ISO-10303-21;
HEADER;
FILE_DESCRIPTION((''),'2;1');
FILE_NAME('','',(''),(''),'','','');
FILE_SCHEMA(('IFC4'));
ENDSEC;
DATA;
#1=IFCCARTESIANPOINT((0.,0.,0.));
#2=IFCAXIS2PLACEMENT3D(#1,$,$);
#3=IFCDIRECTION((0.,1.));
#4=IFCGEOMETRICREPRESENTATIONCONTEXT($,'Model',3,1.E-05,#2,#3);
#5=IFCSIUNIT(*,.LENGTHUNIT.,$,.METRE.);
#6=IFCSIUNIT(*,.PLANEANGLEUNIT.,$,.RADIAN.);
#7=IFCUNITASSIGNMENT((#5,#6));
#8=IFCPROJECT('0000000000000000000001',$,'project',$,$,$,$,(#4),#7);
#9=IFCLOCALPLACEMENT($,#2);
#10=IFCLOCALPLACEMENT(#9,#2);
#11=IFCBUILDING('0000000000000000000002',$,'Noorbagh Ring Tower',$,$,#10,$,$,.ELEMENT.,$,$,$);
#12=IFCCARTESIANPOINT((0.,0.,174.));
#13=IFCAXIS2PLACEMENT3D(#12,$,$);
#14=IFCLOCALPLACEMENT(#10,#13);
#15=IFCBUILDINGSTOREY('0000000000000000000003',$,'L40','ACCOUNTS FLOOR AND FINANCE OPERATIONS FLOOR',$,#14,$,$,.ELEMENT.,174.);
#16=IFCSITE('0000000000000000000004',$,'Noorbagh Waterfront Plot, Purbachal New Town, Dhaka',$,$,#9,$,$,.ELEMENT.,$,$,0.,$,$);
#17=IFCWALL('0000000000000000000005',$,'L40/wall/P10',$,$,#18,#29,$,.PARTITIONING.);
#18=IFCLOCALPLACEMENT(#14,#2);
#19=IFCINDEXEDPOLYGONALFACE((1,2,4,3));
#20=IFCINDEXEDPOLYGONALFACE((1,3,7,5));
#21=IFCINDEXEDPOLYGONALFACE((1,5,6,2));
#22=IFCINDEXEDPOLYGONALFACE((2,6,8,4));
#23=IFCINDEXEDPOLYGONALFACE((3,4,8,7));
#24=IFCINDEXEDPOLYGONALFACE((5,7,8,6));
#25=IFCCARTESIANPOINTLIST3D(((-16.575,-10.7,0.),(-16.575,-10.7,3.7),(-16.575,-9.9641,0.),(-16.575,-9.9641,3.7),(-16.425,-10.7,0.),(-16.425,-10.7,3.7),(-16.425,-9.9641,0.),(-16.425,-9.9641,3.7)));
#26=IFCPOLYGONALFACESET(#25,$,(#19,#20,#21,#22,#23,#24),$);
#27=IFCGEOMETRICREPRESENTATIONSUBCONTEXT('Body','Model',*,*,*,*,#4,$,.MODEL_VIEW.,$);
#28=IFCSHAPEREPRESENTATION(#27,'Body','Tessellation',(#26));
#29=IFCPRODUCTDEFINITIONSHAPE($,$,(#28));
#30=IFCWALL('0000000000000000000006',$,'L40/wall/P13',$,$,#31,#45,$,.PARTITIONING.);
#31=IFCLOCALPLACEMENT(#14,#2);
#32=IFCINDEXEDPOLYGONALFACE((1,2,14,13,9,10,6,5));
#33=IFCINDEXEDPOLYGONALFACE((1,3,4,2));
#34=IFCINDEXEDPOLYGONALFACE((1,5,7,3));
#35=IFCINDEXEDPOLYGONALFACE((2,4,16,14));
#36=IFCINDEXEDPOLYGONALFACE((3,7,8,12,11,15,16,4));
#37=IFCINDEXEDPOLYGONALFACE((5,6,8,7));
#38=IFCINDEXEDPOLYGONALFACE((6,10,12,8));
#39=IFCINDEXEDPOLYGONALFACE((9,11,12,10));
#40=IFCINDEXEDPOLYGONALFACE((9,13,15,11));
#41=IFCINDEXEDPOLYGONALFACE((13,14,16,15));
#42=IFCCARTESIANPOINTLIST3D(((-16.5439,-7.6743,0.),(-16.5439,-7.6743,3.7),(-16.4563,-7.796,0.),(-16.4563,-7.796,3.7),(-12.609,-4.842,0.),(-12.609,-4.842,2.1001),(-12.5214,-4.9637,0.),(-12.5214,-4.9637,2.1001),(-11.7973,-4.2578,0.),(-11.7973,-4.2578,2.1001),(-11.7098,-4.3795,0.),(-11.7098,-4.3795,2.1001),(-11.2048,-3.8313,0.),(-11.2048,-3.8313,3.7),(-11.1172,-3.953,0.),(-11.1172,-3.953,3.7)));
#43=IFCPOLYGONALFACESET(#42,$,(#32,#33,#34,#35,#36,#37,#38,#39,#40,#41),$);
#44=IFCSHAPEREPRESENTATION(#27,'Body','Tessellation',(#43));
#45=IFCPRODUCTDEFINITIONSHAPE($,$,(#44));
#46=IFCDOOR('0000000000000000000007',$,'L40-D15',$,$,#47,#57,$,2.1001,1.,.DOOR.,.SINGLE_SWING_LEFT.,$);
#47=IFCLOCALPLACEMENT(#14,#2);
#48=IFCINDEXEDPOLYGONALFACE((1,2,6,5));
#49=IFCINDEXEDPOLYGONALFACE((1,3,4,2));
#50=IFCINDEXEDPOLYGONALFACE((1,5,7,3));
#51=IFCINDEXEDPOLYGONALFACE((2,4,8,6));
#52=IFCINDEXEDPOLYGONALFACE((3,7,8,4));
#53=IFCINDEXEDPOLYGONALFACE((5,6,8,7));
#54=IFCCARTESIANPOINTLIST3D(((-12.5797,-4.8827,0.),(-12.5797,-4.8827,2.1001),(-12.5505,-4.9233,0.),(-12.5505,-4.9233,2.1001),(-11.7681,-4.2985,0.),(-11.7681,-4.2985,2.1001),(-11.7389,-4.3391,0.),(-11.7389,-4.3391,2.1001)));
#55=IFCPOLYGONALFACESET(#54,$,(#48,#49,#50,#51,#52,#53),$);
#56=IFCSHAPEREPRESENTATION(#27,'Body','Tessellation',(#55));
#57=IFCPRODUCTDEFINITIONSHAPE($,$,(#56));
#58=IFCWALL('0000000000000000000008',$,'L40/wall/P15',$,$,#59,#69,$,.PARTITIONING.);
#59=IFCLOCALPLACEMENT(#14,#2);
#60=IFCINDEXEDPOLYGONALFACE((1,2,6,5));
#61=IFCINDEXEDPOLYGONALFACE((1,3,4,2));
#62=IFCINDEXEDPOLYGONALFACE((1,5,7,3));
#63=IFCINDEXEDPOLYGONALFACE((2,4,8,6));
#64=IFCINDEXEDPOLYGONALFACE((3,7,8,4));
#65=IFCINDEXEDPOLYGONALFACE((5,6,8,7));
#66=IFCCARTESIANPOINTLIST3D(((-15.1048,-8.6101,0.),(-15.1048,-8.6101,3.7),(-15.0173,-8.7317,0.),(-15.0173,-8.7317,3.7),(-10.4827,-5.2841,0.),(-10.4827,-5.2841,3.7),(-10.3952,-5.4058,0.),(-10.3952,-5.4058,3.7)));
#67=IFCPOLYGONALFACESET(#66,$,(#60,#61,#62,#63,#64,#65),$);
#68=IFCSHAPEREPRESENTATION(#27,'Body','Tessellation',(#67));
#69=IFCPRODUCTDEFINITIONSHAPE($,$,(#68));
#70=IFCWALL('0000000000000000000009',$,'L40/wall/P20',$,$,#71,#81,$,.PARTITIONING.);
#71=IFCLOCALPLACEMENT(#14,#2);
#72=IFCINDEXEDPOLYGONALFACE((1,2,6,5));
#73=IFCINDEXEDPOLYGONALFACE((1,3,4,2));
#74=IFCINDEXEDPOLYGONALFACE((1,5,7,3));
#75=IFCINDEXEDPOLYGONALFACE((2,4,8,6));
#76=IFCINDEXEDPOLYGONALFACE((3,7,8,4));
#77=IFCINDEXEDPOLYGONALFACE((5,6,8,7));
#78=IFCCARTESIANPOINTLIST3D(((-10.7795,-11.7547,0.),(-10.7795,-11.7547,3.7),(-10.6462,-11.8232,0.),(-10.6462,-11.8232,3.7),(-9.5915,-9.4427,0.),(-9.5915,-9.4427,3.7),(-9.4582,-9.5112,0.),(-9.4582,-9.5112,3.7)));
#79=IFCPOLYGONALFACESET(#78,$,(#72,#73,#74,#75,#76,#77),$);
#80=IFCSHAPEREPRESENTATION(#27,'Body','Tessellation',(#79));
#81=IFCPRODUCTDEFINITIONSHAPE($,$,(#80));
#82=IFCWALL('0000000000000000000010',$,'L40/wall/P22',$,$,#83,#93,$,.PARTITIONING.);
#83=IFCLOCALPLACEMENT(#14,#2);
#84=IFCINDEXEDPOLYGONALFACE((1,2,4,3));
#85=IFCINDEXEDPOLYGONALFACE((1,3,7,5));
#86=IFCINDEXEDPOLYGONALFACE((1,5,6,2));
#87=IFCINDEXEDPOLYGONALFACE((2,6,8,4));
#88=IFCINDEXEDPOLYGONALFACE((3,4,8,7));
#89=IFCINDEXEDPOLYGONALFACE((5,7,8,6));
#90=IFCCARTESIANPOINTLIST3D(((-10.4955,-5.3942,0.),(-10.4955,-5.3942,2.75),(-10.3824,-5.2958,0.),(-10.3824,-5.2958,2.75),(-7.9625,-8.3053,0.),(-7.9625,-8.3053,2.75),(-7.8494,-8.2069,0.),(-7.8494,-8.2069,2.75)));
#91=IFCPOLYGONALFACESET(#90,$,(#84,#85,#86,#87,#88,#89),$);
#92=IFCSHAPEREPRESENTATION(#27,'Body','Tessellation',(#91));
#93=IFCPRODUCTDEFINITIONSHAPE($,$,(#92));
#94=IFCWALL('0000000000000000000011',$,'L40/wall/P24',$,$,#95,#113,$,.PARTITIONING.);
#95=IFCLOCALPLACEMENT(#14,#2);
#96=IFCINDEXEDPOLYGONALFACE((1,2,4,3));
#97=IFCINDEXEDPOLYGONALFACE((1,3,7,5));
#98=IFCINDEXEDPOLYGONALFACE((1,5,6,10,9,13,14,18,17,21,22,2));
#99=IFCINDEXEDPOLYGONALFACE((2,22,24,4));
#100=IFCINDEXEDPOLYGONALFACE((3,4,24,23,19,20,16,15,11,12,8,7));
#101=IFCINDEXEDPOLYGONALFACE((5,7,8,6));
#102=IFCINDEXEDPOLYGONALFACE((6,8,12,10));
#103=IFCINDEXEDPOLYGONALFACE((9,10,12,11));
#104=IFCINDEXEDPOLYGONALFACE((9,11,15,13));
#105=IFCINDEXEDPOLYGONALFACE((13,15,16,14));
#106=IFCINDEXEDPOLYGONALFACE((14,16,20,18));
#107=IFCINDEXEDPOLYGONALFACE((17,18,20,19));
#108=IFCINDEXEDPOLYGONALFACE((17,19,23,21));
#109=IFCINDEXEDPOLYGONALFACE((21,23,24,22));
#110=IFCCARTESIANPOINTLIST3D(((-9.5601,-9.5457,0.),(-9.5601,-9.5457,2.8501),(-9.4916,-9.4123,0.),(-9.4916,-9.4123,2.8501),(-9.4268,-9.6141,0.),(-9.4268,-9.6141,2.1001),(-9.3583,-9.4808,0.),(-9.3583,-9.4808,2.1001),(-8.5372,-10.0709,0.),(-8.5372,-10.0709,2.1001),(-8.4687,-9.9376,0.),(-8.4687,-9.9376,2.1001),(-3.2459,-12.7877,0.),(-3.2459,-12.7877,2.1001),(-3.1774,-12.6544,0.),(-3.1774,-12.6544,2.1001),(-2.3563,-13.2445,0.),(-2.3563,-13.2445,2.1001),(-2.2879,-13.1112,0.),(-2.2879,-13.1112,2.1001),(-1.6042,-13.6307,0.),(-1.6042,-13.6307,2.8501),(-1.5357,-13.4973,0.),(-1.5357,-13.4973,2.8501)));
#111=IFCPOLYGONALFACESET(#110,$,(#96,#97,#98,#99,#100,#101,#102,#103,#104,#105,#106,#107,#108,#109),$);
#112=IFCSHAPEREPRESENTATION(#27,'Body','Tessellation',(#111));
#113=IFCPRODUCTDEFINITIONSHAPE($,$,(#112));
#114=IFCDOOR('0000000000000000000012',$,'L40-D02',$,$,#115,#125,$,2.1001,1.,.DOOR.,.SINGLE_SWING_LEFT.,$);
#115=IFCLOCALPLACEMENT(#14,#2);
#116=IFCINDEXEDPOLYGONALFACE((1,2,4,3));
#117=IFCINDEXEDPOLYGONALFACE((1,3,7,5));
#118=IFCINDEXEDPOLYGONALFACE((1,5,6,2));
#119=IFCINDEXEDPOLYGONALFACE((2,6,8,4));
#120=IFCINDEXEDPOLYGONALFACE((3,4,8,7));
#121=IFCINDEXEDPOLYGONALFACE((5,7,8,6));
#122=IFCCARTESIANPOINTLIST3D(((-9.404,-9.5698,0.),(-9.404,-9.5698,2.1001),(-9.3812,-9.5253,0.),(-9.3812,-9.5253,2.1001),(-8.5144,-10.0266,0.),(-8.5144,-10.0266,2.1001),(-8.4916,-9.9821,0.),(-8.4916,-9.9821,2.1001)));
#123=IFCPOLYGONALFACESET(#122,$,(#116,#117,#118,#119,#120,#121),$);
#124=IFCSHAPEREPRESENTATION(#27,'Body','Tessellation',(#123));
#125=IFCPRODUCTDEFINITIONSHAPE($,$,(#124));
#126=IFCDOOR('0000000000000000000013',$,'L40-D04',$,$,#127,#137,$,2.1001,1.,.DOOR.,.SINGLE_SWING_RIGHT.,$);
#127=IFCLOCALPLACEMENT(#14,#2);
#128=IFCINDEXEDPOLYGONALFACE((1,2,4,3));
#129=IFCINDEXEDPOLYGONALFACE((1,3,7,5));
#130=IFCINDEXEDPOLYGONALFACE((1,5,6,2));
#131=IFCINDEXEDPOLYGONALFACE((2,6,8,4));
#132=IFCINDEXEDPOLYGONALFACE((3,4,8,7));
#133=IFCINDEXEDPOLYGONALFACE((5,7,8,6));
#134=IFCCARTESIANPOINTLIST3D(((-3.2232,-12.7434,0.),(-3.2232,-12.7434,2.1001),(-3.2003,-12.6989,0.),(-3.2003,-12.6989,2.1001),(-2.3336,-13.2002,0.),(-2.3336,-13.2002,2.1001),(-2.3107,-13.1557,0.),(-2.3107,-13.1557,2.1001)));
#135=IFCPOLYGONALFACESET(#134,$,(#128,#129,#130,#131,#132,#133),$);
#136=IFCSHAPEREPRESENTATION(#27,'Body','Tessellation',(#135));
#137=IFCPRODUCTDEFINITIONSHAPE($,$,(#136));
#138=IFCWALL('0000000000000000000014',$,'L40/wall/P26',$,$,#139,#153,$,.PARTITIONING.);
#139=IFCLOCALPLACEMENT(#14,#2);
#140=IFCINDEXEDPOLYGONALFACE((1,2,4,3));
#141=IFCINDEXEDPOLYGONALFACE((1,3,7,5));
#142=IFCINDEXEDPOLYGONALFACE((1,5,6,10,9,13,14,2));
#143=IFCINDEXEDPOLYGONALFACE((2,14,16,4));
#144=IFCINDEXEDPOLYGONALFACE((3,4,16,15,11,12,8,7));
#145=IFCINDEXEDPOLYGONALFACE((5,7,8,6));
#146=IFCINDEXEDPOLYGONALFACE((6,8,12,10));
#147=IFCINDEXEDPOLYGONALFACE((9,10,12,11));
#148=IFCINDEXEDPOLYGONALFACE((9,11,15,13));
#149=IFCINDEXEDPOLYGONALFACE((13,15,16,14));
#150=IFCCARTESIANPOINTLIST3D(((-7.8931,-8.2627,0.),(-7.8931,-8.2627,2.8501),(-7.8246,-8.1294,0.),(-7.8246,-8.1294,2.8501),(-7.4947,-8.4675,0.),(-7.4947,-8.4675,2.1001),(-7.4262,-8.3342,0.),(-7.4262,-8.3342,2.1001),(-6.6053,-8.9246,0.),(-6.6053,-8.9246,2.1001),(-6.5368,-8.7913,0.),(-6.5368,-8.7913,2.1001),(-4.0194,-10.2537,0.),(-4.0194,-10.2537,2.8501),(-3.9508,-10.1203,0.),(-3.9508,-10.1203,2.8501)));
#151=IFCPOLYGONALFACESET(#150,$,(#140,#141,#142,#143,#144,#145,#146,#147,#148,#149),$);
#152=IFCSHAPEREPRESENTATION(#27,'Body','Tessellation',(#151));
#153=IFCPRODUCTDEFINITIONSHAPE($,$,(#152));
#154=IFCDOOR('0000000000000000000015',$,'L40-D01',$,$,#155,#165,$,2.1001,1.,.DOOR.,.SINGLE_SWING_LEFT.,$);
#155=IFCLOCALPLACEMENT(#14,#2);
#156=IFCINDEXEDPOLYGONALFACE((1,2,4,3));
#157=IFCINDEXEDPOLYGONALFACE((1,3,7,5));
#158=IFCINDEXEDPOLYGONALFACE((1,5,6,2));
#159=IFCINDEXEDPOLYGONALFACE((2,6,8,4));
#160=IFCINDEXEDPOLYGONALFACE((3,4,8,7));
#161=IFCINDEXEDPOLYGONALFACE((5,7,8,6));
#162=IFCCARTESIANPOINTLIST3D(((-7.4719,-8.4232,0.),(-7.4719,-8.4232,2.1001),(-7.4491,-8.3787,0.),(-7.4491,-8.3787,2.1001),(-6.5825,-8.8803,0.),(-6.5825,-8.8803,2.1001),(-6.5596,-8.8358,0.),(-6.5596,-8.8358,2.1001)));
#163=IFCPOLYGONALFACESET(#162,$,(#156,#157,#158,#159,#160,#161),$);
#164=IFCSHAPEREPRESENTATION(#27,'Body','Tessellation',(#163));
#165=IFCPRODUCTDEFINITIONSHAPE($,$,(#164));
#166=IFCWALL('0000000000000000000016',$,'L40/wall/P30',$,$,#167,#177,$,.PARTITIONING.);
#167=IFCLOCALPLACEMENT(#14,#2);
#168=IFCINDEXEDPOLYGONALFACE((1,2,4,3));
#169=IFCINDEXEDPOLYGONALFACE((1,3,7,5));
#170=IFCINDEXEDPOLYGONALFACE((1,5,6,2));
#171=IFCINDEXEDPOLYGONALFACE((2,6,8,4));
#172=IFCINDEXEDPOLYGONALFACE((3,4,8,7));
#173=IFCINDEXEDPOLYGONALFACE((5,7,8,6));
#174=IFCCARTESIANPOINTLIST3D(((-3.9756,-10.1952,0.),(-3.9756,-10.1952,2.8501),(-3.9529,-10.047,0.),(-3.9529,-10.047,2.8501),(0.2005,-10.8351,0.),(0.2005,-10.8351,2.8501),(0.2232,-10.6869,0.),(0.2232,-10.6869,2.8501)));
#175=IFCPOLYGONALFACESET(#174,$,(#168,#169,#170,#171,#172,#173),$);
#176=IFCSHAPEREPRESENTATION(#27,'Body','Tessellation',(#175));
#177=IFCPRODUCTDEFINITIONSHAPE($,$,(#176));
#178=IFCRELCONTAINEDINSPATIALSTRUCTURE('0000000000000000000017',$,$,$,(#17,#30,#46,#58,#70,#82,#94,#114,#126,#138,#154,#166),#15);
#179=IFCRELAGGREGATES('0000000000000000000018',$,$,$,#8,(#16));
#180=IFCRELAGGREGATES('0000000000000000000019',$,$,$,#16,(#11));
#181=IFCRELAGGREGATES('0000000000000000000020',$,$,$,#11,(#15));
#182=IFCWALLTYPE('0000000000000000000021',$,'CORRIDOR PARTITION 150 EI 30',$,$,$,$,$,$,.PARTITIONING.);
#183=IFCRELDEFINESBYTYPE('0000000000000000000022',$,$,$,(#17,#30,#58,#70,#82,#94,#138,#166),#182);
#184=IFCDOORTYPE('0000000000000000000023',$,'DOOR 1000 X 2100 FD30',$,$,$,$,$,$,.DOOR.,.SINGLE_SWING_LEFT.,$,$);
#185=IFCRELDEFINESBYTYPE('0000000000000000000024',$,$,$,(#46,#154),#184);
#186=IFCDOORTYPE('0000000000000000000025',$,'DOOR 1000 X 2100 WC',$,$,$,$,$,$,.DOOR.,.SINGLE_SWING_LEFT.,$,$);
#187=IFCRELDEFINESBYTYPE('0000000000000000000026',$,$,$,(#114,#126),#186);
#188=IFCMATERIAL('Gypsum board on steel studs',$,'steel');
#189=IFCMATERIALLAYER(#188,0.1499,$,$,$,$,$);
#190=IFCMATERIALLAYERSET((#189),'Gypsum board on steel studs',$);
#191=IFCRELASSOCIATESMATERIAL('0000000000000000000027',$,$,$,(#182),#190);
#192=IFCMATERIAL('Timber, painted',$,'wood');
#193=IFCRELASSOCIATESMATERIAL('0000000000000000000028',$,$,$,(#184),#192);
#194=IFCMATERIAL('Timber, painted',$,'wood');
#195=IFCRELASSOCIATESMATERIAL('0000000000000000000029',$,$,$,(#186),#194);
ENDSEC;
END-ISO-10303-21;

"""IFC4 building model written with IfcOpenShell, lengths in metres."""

from ifc_helpers import new_model, si_unit, direction, frame, frame_2d, origin, place, context, subcontext, project, spatial, rectangle, extrude, material, layer, layer_set, type_object, element, fill, save


model = new_model("IFC4")

# Units and contexts
model_context = context("Model", 3, precision=1e-05, world=origin(), true_north=direction((0.0, 1.0)))
body_context = subcontext(model_context, "Body", "Model", "MODEL_VIEW")
ifc_project = project(units=[si_unit("LENGTHUNIT", "METRE"), si_unit("PLANEANGLEUNIT", "RADIAN")], contexts=[model_context])

# Site, building, storey
site_placement = place(None, origin())
site = spatial("IfcSite", under=ifc_project, at=site_placement, Name="Noorbagh Waterfront Plot, Purbachal New Town, Dhaka", CompositionType="ELEMENT", RefElevation=0.0)
building_placement = place(site_placement, origin())
building = spatial("IfcBuilding", under=site, at=building_placement, Name="Noorbagh Ring Tower", CompositionType="ELEMENT")
storey_placement = place(building_placement, frame((0.0, 0.0, 174.0)))
storey = spatial("IfcBuildingStorey", under=building, at=storey_placement, Name="L40", Description="ACCOUNTS FLOOR AND FINANCE OPERATIONS FLOOR", CompositionType="ELEMENT", Elevation=174.0)

# Wall
ifc_material_1 = material(Name="Gypsum board on steel studs", Category="steel")
ifc_layer_1 = layer(ifc_material_1, 0.1499)
ifc_layer_set_1 = layer_set([ifc_layer_1], Name="Gypsum board on steel studs")
wall_type_1 = type_object("IfcWallType", Name="CORRIDOR PARTITION 150 EI 30", PredefinedType="PARTITIONING", material=ifc_layer_set_1)
wall_1_placement = place(storey_placement, frame((-16.5, -10.7, 0.0), z_axis=(0.0, 0.0, 1.0), x_axis=(0.0, 1.0, 0.0)))
element("IfcWall", 1, at=wall_1_placement, inside=storey, type_object=wall_type_1, Name="L40/wall/P10", PredefinedType="PARTITIONING", context=body_context, shape_type="SweptSolid", body=[
    extrude(rectangle(XDim=0.7358, YDim=0.1499, at=frame_2d((0.3679, 0.0))), origin(), (0.0, 0.0, 1.0), 3.7),
])

# Wall, opening, door
wall_2_placement = place(storey_placement, frame((-16.5, -7.7351, 0.0), z_axis=(0.0, 0.0, 1.0), x_axis=(0.811617, 0.58419, 0.0)))
wall_2 = element("IfcWall", 2, at=wall_2_placement, inside=storey, type_object=wall_type_1, Name="L40/wall/P13", PredefinedType="PARTITIONING", context=body_context, shape_type="SweptSolid", body=[
    extrude(rectangle(XDim=6.5784, YDim=0.1499, at=frame_2d((3.2891, 0.0))), origin(), (0.0, 0.0, 1.0), 3.7),
])
opening_1_placement = place(wall_2_placement, frame((4.8481, 0.0, 0.0)))
opening_1 = element("IfcOpeningElement", 3, at=opening_1_placement, cuts=wall_2, PredefinedType="OPENING", context=body_context, shape_type="SweptSolid", body=[
    extrude(rectangle(XDim=1.0, YDim=2.1001, at=frame_2d((0.5, 1.05))), frame((0.0, 0.085, 0.0), z_axis=(0.0, -1.0, 0.0), x_axis=(1.0, 0.0, 0.0)), (0.0, 0.0, 1.0), 0.1699),
])
ifc_material_2 = material(Name="Timber, painted", Category="wood")
door_type_1 = type_object("IfcDoorType", Name="DOOR 1000 X 2100 FD30", OperationType="SINGLE_SWING_LEFT", PredefinedType="DOOR", material=ifc_material_2)
door_1_placement = place(opening_1_placement, origin())
door_1 = element("IfcDoor", 4, at=door_1_placement, inside=storey, type_object=door_type_1, Name="L40-D15", OperationType="SINGLE_SWING_LEFT", OverallHeight=2.1001, OverallWidth=1.0, PredefinedType="DOOR", context=body_context, shape_type="SweptSolid", body=[
    extrude(rectangle(XDim=1.0, YDim=2.1001, at=frame_2d((0.5, 1.05))), frame((0.0, 0.0249, 0.0), z_axis=(0.0, -1.0, 0.0), x_axis=(1.0, 0.0, 0.0)), (0.0, 0.0, 1.0), 0.05),
])
fill(opening_1, door_1)

# Walls
wall_3_placement = place(storey_placement, frame((-15.061, -8.6709, 0.0), z_axis=(0.0, 0.0, 1.0), x_axis=(0.811698, 0.584078, 0.0)))
element("IfcWall", 5, at=wall_3_placement, inside=storey, type_object=wall_type_1, Name="L40/wall/P15", PredefinedType="PARTITIONING", context=body_context, shape_type="SweptSolid", body=[
    extrude(rectangle(XDim=5.6943, YDim=0.1499, at=frame_2d((2.8472, 0.0))), origin(), (0.0, 0.0, 1.0), 3.7),
])
wall_4_placement = place(storey_placement, frame((-10.7129, -11.7891, 0.0), z_axis=(0.0, 0.0, 1.0), x_axis=(0.45703, 0.889451, 0.0)))
element("IfcWall", 6, at=wall_4_placement, inside=storey, type_object=wall_type_1, Name="L40/wall/P20", PredefinedType="PARTITIONING", context=body_context, shape_type="SweptSolid", body=[
    extrude(rectangle(XDim=2.5994, YDim=0.1499, at=frame_2d((1.2998, 0.0))), origin(), (0.0, 0.0, 1.0), 3.7),
])
wall_5_placement = place(storey_placement, frame((-10.439, -5.345, 0.0), z_axis=(0.0, 0.0, 1.0), x_axis=(0.656406, -0.754408, 0.0)))
element("IfcWall", 7, at=wall_5_placement, inside=storey, type_object=wall_type_1, Name="L40/wall/P22", PredefinedType="PARTITIONING", context=body_context, shape_type="SweptSolid", body=[
    extrude(rectangle(XDim=3.8589, YDim=0.1499, at=frame_2d((1.9294, 0.0))), origin(), (0.0, 0.0, 1.0), 2.75),
])

# Wall, openings, doors
wall_6_placement = place(storey_placement, frame((-9.5259, -9.479, 0.0), z_axis=(0.0, 0.0, 1.0), x_axis=(0.889588, -0.456764, 0.0)))
wall_6 = element("IfcWall", 8, at=wall_6_placement, inside=storey, type_object=wall_type_1, Name="L40/wall/P24", PredefinedType="PARTITIONING", context=body_context, shape_type="SweptSolid", body=[
    extrude(rectangle(XDim=8.9434, YDim=0.1499, at=frame_2d((4.4717, 0.0))), origin(), (0.0, 0.0, 1.0), 2.8501),
])
opening_2_placement = place(wall_6_placement, frame((0.1499, 0.0, 0.0)))
opening_2 = element("IfcOpeningElement", 9, at=opening_2_placement, cuts=wall_6, PredefinedType="OPENING", context=body_context, shape_type="SweptSolid", body=[
    extrude(rectangle(XDim=1.0, YDim=2.1001, at=frame_2d((0.5, 1.05))), frame((0.0, 0.085, 0.0), z_axis=(0.0, -1.0, 0.0), x_axis=(1.0, 0.0, 0.0)), (0.0, 0.0, 1.0), 0.1699),
])
opening_3_placement = place(wall_6_placement, frame((7.0979, 0.0, 0.0)))
opening_3 = element("IfcOpeningElement", 10, at=opening_3_placement, cuts=wall_6, PredefinedType="OPENING", context=body_context, shape_type="SweptSolid", body=[
    extrude(rectangle(XDim=1.0, YDim=2.1001, at=frame_2d((0.5, 1.05))), frame((0.0, 0.085, 0.0), z_axis=(0.0, -1.0, 0.0), x_axis=(1.0, 0.0, 0.0)), (0.0, 0.0, 1.0), 0.1699),
])
ifc_material_3 = material(Name="Timber, painted", Category="wood")
door_type_2 = type_object("IfcDoorType", Name="DOOR 1000 X 2100 WC", OperationType="SINGLE_SWING_LEFT", PredefinedType="DOOR", material=ifc_material_3)
door_2_placement = place(opening_2_placement, origin())
door_2 = element("IfcDoor", 11, at=door_2_placement, inside=storey, type_object=door_type_2, Name="L40-D02", OperationType="SINGLE_SWING_LEFT", OverallHeight=2.1001, OverallWidth=1.0, PredefinedType="DOOR", context=body_context, shape_type="SweptSolid", body=[
    extrude(rectangle(XDim=1.0, YDim=2.1001, at=frame_2d((0.5, 1.05))), frame((0.0, 0.0249, 0.0), z_axis=(0.0, -1.0, 0.0), x_axis=(1.0, 0.0, 0.0)), (0.0, 0.0, 1.0), 0.05),
])
fill(opening_2, door_2)
door_3_placement = place(opening_3_placement, origin())
door_3 = element("IfcDoor", 12, at=door_3_placement, inside=storey, type_object=door_type_2, Name="L40-D04", OperationType="SINGLE_SWING_RIGHT", OverallHeight=2.1001, OverallWidth=1.0, PredefinedType="DOOR", context=body_context, shape_type="SweptSolid", body=[
    extrude(rectangle(XDim=1.0, YDim=2.1001, at=frame_2d((0.5, 1.05))), frame((0.0, 0.0249, 0.0), z_axis=(0.0, -1.0, 0.0), x_axis=(1.0, 0.0, 0.0)), (0.0, 0.0, 1.0), 0.05),
])
fill(opening_3, door_3)

# Wall, opening, door
wall_7_placement = place(storey_placement, frame((-7.8589, -8.196, 0.0), z_axis=(0.0, 0.0, 1.0), x_axis=(0.889406, -0.457119, 0.0)))
wall_7 = element("IfcWall", 13, at=wall_7_placement, inside=storey, type_object=wall_type_1, Name="L40/wall/P26", PredefinedType="PARTITIONING", context=body_context, shape_type="SweptSolid", body=[
    extrude(rectangle(XDim=4.3555, YDim=0.1499, at=frame_2d((2.1777, 0.0))), origin(), (0.0, 0.0, 1.0), 2.8501),
])
opening_4_placement = place(wall_7_placement, frame((0.448, 0.0, 0.0)))
opening_4 = element("IfcOpeningElement", 14, at=opening_4_placement, cuts=wall_7, PredefinedType="OPENING", context=body_context, shape_type="SweptSolid", body=[
    extrude(rectangle(XDim=1.0, YDim=2.1001, at=frame_2d((0.5, 1.05))), frame((0.0, 0.085, 0.0), z_axis=(0.0, -1.0, 0.0), x_axis=(1.0, 0.0, 0.0)), (0.0, 0.0, 1.0), 0.1699),
])
door_4_placement = place(opening_4_placement, origin())
door_4 = element("IfcDoor", 15, at=door_4_placement, inside=storey, type_object=door_type_1, Name="L40-D01", OperationType="SINGLE_SWING_LEFT", OverallHeight=2.1001, OverallWidth=1.0, PredefinedType="DOOR", context=body_context, shape_type="SweptSolid", body=[
    extrude(rectangle(XDim=1.0, YDim=2.1001, at=frame_2d((0.5, 1.05))), frame((0.0, 0.0249, 0.0), z_axis=(0.0, -1.0, 0.0), x_axis=(1.0, 0.0, 0.0)), (0.0, 0.0, 1.0), 0.05),
])
fill(opening_4, door_4)

# Wall
wall_8_placement = place(storey_placement, frame((-3.9641, -10.1211, 0.0), z_axis=(0.0, 0.0, 1.0), x_axis=(0.988463, -0.151462, 0.0)))
element("IfcWall", 16, at=wall_8_placement, inside=storey, type_object=wall_type_1, Name="L40/wall/P30", PredefinedType="PARTITIONING", context=body_context, shape_type="SweptSolid", body=[
    extrude(rectangle(XDim=4.2249, YDim=0.1499, at=frame_2d((2.1123, 0.0))), origin(), (0.0, 0.0, 1.0), 2.8501),
])

save(model, "model.ifc")
